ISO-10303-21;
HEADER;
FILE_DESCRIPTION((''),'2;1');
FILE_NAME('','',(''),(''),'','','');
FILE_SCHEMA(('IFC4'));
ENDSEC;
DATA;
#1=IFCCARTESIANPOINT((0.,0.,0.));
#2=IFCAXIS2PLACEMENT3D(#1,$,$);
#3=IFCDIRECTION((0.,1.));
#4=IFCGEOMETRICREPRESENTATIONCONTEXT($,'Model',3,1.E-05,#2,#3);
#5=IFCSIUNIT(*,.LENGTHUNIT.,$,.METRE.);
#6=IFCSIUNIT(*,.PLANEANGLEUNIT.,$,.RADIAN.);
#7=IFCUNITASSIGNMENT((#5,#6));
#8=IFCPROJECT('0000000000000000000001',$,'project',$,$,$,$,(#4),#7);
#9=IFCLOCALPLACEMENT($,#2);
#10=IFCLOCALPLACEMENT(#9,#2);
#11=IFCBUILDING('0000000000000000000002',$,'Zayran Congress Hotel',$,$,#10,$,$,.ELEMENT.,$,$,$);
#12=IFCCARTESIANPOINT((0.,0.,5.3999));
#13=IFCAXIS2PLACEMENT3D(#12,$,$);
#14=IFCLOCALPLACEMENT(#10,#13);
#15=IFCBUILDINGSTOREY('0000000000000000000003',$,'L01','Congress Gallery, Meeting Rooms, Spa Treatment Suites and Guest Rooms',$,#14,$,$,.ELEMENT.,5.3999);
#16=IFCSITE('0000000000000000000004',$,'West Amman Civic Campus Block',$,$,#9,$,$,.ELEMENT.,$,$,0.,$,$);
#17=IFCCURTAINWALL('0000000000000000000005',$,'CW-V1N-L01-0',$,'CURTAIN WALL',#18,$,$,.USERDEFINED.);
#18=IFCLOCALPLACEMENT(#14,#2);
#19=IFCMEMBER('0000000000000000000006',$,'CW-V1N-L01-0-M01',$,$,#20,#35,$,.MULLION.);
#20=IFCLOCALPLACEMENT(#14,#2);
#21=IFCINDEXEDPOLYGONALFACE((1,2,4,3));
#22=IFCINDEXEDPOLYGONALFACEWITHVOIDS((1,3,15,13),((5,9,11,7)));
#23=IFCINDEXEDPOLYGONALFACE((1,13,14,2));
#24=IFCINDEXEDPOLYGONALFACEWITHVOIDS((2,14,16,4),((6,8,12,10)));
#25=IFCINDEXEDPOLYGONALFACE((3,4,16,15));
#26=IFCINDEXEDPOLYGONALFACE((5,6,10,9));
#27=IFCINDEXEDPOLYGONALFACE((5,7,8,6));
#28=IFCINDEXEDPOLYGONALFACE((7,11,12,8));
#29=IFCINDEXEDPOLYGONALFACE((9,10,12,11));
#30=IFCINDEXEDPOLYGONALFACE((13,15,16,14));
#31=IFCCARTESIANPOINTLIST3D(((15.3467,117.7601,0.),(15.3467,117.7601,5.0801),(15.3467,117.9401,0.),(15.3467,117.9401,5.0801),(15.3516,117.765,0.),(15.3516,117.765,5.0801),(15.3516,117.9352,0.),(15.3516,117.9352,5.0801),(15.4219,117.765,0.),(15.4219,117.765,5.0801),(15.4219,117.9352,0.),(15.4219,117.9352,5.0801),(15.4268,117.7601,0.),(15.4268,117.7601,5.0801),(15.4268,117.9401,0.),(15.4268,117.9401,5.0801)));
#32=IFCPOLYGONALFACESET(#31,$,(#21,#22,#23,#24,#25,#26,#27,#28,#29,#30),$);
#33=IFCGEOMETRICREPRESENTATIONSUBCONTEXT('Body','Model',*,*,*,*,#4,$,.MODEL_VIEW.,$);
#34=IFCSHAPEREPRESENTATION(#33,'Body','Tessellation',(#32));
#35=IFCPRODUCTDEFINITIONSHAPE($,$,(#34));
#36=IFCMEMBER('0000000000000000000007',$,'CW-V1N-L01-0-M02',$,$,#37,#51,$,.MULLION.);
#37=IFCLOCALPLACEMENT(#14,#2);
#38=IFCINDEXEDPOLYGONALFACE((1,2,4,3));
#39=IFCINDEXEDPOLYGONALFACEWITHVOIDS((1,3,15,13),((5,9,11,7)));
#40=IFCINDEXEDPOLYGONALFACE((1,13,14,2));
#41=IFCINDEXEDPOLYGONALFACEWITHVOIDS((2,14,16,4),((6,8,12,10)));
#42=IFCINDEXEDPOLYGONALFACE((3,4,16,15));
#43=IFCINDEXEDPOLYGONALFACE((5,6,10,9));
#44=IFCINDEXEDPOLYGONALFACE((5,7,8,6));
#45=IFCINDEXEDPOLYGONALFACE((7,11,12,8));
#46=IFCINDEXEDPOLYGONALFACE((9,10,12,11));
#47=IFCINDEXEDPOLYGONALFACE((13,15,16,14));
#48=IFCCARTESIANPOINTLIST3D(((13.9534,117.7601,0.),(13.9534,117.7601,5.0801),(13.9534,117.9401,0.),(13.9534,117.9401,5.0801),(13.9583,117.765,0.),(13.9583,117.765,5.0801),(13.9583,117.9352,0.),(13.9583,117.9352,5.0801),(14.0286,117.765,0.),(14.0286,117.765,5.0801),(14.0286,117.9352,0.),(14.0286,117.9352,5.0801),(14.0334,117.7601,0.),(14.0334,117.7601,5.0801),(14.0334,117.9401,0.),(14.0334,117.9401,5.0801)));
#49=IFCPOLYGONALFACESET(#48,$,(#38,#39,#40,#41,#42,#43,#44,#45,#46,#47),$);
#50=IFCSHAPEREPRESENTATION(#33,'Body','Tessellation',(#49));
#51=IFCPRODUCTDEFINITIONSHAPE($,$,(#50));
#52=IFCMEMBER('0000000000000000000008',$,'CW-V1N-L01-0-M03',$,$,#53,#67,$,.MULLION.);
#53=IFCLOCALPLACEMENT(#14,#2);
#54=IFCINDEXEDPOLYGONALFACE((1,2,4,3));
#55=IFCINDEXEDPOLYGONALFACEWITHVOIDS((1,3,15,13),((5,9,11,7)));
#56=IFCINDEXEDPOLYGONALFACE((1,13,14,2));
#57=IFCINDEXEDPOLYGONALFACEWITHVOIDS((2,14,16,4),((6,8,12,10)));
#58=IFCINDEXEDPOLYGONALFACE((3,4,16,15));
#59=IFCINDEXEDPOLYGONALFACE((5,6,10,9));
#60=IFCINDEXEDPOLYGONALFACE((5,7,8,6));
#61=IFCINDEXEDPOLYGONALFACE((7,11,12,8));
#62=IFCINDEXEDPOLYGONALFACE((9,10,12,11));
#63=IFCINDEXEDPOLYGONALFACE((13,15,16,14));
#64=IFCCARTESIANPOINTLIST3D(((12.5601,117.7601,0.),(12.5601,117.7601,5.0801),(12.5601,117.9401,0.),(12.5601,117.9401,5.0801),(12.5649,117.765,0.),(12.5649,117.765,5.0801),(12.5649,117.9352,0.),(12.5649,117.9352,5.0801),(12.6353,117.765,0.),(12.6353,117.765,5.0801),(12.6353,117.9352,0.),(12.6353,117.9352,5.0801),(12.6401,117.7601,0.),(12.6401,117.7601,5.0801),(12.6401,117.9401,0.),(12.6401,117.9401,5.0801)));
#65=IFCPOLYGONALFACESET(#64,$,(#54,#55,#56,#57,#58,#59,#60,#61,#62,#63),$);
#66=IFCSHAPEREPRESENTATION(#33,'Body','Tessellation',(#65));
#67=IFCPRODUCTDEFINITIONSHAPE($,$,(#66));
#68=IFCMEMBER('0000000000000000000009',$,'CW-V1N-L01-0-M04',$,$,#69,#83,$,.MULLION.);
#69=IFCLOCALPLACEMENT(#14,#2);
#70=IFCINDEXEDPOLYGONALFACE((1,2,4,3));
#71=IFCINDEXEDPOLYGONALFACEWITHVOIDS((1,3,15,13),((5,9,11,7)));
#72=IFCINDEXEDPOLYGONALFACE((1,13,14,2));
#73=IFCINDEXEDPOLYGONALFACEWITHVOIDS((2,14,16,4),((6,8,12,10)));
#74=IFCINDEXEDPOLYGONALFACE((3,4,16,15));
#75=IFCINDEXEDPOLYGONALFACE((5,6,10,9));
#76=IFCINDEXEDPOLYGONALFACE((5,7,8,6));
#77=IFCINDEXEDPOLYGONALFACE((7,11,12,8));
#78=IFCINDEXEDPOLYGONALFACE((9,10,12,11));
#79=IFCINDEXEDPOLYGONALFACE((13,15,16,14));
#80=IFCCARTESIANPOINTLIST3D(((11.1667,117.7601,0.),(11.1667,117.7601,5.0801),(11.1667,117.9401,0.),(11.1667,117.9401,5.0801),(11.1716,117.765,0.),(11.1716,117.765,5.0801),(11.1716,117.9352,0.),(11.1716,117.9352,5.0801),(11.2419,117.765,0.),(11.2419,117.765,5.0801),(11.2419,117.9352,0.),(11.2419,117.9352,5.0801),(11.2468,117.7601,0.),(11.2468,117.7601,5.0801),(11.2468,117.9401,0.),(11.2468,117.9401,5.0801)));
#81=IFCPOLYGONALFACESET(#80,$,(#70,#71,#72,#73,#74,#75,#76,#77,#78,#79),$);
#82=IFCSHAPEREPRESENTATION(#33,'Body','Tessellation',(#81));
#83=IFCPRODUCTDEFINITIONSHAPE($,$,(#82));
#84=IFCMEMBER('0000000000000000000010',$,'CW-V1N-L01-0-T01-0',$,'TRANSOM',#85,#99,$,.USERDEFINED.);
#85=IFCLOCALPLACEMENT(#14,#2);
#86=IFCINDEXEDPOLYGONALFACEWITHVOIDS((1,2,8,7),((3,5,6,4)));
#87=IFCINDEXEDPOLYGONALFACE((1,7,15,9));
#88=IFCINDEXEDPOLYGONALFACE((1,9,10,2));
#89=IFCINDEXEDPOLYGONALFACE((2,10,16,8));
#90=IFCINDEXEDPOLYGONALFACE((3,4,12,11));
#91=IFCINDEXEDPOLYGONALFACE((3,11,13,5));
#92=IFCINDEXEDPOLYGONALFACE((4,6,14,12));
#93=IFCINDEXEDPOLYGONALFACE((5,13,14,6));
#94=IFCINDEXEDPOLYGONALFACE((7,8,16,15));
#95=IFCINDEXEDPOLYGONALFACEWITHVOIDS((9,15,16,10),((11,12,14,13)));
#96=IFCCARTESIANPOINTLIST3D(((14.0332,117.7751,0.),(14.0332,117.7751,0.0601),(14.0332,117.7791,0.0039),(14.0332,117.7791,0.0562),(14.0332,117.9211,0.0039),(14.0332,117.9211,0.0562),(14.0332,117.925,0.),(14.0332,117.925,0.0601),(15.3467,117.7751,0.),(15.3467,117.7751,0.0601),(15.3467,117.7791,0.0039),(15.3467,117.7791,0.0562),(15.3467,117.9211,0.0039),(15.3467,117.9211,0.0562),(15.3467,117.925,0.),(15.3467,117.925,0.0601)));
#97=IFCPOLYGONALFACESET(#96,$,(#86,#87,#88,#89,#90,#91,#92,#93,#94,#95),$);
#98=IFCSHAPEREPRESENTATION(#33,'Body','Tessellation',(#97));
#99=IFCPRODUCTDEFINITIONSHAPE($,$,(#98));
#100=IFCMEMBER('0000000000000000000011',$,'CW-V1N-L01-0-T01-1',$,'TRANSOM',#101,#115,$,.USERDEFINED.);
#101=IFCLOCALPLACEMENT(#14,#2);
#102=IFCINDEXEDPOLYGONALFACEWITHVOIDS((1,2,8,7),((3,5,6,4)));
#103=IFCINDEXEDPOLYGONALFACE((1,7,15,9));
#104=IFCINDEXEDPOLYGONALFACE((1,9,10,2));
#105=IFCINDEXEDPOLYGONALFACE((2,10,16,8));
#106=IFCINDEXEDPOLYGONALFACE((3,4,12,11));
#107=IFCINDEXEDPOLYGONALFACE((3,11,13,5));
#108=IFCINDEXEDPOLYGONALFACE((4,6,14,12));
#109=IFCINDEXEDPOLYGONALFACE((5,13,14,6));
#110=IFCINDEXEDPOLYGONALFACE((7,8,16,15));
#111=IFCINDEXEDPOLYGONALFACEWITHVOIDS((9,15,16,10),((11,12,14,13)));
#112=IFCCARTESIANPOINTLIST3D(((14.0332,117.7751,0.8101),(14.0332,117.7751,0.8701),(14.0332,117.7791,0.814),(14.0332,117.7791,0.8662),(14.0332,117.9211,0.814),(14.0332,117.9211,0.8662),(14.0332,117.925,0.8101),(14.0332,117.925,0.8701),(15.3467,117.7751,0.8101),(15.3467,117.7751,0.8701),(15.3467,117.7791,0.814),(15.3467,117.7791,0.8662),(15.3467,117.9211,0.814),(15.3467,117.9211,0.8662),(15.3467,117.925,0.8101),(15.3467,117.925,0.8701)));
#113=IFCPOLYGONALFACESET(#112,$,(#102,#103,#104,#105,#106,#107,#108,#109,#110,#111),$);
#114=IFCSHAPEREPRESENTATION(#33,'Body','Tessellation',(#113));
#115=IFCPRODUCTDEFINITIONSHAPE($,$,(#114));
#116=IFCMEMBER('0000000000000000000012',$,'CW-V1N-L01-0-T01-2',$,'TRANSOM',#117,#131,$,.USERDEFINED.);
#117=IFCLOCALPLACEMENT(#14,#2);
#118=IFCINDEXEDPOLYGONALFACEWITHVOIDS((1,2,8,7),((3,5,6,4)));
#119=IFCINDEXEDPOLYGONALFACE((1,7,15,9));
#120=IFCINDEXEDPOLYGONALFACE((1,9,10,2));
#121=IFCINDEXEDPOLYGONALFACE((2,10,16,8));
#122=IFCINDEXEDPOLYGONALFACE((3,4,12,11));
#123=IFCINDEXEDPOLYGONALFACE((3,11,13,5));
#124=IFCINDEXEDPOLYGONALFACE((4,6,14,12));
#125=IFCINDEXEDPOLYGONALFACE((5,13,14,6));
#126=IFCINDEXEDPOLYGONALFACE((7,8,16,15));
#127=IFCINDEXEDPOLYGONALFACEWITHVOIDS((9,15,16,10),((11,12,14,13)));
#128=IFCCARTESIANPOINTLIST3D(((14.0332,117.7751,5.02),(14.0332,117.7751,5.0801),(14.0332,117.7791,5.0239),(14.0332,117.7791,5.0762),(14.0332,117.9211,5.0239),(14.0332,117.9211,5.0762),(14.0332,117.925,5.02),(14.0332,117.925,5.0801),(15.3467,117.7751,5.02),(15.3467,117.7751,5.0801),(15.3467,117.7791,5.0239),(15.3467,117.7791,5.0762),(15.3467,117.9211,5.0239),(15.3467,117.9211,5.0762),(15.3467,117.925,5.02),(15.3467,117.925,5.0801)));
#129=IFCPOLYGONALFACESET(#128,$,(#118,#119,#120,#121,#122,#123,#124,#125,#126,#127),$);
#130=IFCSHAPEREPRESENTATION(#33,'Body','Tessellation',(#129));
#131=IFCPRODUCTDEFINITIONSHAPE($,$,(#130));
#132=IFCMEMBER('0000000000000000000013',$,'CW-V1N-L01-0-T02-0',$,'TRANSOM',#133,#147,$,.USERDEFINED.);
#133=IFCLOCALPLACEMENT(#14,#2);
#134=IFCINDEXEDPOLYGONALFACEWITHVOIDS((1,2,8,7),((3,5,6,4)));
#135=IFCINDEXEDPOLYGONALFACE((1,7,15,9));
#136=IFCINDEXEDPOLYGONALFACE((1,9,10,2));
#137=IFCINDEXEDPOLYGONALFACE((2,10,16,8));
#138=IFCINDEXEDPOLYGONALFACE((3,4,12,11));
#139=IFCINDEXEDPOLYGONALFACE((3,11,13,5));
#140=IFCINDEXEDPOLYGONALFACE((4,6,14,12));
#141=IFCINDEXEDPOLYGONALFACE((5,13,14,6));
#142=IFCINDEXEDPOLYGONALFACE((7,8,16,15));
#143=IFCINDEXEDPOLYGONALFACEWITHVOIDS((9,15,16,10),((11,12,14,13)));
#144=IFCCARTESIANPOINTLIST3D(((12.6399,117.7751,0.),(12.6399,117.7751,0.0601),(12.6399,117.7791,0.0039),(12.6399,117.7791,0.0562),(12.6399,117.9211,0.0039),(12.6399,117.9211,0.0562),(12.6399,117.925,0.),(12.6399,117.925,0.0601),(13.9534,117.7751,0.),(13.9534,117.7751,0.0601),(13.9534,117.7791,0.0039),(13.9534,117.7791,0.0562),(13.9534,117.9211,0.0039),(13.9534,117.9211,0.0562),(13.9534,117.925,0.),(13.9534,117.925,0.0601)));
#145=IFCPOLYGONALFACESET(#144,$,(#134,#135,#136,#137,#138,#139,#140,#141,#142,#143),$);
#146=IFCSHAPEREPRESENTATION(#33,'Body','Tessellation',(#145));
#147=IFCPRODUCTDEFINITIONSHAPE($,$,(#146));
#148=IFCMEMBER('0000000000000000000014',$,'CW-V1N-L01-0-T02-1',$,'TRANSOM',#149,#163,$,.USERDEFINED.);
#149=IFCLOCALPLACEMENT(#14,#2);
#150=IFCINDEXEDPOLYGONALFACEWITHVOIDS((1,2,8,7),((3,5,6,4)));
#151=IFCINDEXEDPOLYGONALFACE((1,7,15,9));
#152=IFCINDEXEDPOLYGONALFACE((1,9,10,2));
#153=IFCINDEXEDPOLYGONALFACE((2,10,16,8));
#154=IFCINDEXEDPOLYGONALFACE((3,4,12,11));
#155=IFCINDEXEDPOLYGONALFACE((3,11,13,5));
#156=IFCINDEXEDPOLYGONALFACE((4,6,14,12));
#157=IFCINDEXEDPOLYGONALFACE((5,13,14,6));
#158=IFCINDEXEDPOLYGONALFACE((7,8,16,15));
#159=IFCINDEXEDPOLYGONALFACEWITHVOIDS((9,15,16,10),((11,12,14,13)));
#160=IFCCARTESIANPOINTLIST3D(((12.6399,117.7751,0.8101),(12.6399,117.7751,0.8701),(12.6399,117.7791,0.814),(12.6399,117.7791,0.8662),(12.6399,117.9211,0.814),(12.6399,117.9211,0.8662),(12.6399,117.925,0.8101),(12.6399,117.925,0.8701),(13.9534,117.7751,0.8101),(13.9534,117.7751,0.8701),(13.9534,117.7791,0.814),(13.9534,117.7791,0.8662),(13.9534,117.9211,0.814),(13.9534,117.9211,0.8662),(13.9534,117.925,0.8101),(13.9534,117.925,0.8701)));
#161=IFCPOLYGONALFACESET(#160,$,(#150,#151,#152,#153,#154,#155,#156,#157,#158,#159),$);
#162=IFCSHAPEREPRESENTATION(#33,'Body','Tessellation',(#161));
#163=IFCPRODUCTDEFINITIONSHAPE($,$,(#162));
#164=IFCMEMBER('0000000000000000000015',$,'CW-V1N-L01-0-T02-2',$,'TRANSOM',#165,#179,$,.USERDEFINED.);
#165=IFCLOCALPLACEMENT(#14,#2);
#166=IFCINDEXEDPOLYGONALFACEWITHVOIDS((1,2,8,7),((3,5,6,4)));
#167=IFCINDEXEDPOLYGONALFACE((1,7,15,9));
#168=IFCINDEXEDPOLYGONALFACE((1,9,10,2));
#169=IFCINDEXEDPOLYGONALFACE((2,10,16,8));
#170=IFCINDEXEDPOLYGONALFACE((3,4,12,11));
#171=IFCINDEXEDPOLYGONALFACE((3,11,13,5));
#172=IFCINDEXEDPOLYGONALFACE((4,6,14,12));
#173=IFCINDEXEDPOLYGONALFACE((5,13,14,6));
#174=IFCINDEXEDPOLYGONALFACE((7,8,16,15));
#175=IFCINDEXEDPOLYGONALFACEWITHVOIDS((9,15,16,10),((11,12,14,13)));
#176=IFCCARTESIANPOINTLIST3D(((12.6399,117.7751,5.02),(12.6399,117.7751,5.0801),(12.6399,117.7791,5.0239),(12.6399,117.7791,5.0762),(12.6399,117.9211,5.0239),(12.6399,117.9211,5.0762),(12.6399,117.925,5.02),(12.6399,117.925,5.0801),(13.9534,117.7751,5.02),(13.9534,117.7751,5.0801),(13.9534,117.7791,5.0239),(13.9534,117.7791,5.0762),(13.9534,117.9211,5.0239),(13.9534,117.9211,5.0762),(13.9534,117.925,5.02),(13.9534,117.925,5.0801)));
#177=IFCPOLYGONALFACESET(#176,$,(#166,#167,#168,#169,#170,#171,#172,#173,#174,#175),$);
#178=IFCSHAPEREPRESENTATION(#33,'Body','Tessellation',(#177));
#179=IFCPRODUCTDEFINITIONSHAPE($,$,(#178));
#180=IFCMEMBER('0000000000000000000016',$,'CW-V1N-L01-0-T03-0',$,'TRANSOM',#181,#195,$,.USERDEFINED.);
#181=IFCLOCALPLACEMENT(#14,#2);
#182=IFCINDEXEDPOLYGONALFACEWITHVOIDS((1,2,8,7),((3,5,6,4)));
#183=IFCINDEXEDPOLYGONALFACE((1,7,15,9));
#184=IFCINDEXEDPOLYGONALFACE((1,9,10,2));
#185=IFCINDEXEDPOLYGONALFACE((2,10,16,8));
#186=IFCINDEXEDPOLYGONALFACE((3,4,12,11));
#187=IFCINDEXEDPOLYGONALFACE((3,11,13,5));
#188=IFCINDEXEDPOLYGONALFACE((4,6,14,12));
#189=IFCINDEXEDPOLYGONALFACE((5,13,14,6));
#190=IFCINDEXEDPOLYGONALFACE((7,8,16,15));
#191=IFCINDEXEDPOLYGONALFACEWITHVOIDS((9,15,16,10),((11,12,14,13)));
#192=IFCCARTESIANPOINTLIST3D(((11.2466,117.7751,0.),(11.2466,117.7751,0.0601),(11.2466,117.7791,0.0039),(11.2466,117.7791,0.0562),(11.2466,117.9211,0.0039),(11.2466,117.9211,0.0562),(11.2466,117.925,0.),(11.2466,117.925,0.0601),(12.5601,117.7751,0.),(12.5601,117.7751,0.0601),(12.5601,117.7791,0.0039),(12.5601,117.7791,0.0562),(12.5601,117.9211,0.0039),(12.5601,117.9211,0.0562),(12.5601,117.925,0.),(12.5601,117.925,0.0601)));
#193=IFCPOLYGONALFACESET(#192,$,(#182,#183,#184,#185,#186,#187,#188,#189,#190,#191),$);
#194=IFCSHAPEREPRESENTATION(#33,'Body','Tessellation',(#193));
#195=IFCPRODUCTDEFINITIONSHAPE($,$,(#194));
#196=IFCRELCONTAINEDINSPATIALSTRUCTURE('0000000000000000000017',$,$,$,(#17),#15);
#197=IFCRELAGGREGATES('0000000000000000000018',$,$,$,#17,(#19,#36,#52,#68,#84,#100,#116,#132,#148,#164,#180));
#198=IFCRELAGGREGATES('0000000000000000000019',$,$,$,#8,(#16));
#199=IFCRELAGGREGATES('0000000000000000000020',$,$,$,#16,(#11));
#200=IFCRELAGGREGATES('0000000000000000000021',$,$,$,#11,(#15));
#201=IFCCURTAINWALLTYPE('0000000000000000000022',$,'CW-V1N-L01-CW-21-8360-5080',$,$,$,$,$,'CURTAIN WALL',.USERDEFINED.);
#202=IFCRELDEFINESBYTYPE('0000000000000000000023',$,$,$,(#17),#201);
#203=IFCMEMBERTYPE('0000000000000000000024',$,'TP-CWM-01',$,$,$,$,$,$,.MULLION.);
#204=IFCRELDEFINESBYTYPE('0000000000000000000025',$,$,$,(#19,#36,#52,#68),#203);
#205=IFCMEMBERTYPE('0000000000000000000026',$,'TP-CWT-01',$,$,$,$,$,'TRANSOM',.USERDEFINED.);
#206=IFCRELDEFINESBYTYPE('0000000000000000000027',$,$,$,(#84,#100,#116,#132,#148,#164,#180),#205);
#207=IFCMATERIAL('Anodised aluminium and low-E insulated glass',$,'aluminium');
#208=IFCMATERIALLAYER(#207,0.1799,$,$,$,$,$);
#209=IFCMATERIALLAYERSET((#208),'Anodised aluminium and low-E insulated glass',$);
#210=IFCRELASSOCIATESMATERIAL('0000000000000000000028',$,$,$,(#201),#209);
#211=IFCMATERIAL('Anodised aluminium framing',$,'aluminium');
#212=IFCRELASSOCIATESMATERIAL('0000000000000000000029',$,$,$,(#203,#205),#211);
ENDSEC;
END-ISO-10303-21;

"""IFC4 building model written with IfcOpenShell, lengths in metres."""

from ifc_helpers import new_model, si_unit, direction, frame, origin, origin_2d, place, context, subcontext, project, spatial, hollow_rectangle, extrude, material, layer, layer_set, material_profile, profile_set, type_object, element, aggregate, save


model = new_model("IFC4")

# Units and contexts
model_context = context("Model", 3, precision=1e-05, world=origin(), true_north=direction((0.0, 1.0)))
body_context = subcontext(model_context, "Body", "Model", "MODEL_VIEW")
ifc_project = project(units=[si_unit("LENGTHUNIT", "METRE"), si_unit("PLANEANGLEUNIT", "RADIAN")], contexts=[model_context])

# Site, building, storey
site_placement = place(None, origin())
site = spatial("IfcSite", under=ifc_project, at=site_placement, Name="West Amman Civic Campus Block", CompositionType="ELEMENT", RefElevation=0.0)
building_placement = place(site_placement, origin())
building = spatial("IfcBuilding", under=site, at=building_placement, Name="Zayran Congress Hotel", CompositionType="ELEMENT")
storey_placement = place(building_placement, frame((0.0, 0.0, 5.3999)))
storey = spatial("IfcBuildingStorey", under=building, at=storey_placement, Name="L01", Description="Congress Gallery, Meeting Rooms, Spa Treatment Suites and Guest Rooms", CompositionType="ELEMENT", Elevation=5.3999)

# Curtain wall, members
ifc_material_1 = material(Name="Anodised aluminium and low-E insulated glass", Category="aluminium")
ifc_layer_1 = layer(ifc_material_1, 0.1799)
ifc_layer_set_1 = layer_set([ifc_layer_1], Name="Anodised aluminium and low-E insulated glass")
curtain_wall_type = type_object("IfcCurtainWallType", Name="CW-V1N-L01-CW-21-8360-5080", ElementType="CURTAIN WALL", PredefinedType="USERDEFINED", material=ifc_layer_set_1)
curtain_wall_placement = place(storey_placement, origin())
curtain_wall = element("IfcCurtainWall", 1, at=curtain_wall_placement, inside=storey, type_object=curtain_wall_type, Name="CW-V1N-L01-0", ObjectType="CURTAIN WALL", PredefinedType="USERDEFINED")
ifc_material_2 = material(Name="Anodised aluminium framing", Category="aluminium")
ifc_material_profile_1 = material_profile(ifc_material_2, hollow_rectangle(XDim=0.0801, YDim=0.1799, WallThickness=0.0049, at=origin_2d()), Name="RHS 180x80x5")
ifc_profile_set_1 = profile_set([ifc_material_profile_1], Name="Anodised aluminium framing")
member_type_1 = type_object("IfcMemberType", Name="TP-CWM-01", PredefinedType="MULLION", material=ifc_profile_set_1)
member_1_placement = place(storey_placement, frame((15.3867, 117.8501, 0.0), z_axis=(0.0, 0.0, 1.0), x_axis=(1.0, 0.0, 0.0)))
member_1 = element("IfcMember", 2, at=member_1_placement, type_object=member_type_1, Name="CW-V1N-L01-0-M01", PredefinedType="MULLION", context=body_context, shape_type="SweptSolid", body=[
    extrude(hollow_rectangle(XDim=0.0801, YDim=0.1799, WallThickness=0.0049, at=origin_2d()), origin(), (0.0, 0.0, 1.0), 5.0801),
])
member_2_placement = place(storey_placement, frame((13.9934, 117.8501, 0.0), z_axis=(0.0, 0.0, 1.0), x_axis=(1.0, 0.0, 0.0)))
member_2 = element("IfcMember", 3, at=member_2_placement, type_object=member_type_1, Name="CW-V1N-L01-0-M02", PredefinedType="MULLION", context=body_context, shape_type="SweptSolid", body=[
    extrude(hollow_rectangle(XDim=0.0801, YDim=0.1799, WallThickness=0.0049, at=origin_2d()), origin(), (0.0, 0.0, 1.0), 5.0801),
])
member_3_placement = place(storey_placement, frame((12.6001, 117.8501, 0.0), z_axis=(0.0, 0.0, 1.0), x_axis=(1.0, 0.0, 0.0)))
member_3 = element("IfcMember", 4, at=member_3_placement, type_object=member_type_1, Name="CW-V1N-L01-0-M03", PredefinedType="MULLION", context=body_context, shape_type="SweptSolid", body=[
    extrude(hollow_rectangle(XDim=0.0801, YDim=0.1799, WallThickness=0.0049, at=origin_2d()), origin(), (0.0, 0.0, 1.0), 5.0801),
])
member_4_placement = place(storey_placement, frame((11.2068, 117.8501, 0.0), z_axis=(0.0, 0.0, 1.0), x_axis=(1.0, 0.0, 0.0)))
member_4 = element("IfcMember", 5, at=member_4_placement, type_object=member_type_1, Name="CW-V1N-L01-0-M04", PredefinedType="MULLION", context=body_context, shape_type="SweptSolid", body=[
    extrude(hollow_rectangle(XDim=0.0801, YDim=0.1799, WallThickness=0.0049, at=origin_2d()), origin(), (0.0, 0.0, 1.0), 5.0801),
])
ifc_material_profile_2 = material_profile(ifc_material_2, hollow_rectangle(XDim=0.0601, YDim=0.1499, WallThickness=0.0039, at=origin_2d()), Name="RHS 150x60x4")
ifc_profile_set_2 = profile_set([ifc_material_profile_2], Name="Anodised aluminium framing")
member_type_2 = type_object("IfcMemberType", Name="TP-CWT-01", ElementType="TRANSOM", PredefinedType="USERDEFINED", material=ifc_profile_set_2)
member_5_placement = place(storey_placement, frame((15.3467, 117.8501, 0.03), z_axis=(-1.0, 0.0, 0.0), x_axis=(0.0, 0.0, 1.0)))
member_5 = element("IfcMember", 6, at=member_5_placement, type_object=member_type_2, Name="CW-V1N-L01-0-T01-0", ObjectType="TRANSOM", PredefinedType="USERDEFINED", context=body_context, shape_type="SweptSolid", body=[
    extrude(hollow_rectangle(XDim=0.0601, YDim=0.1499, WallThickness=0.0039, at=origin_2d()), origin(), (0.0, 0.0, 1.0), 1.3135),
])
member_6_placement = place(storey_placement, frame((15.3467, 117.8501, 0.8401), z_axis=(-1.0, 0.0, 0.0), x_axis=(0.0, 0.0, 1.0)))
member_6 = element("IfcMember", 7, at=member_6_placement, type_object=member_type_2, Name="CW-V1N-L01-0-T01-1", ObjectType="TRANSOM", PredefinedType="USERDEFINED", context=body_context, shape_type="SweptSolid", body=[
    extrude(hollow_rectangle(XDim=0.0601, YDim=0.1499, WallThickness=0.0039, at=origin_2d()), origin(), (0.0, 0.0, 1.0), 1.3135),
])
member_7_placement = place(storey_placement, frame((15.3467, 117.8501, 5.05), z_axis=(-1.0, 0.0, 0.0), x_axis=(0.0, 0.0, 1.0)))
member_7 = element("IfcMember", 8, at=member_7_placement, type_object=member_type_2, Name="CW-V1N-L01-0-T01-2", ObjectType="TRANSOM", PredefinedType="USERDEFINED", context=body_context, shape_type="SweptSolid", body=[
    extrude(hollow_rectangle(XDim=0.0601, YDim=0.1499, WallThickness=0.0039, at=origin_2d()), origin(), (0.0, 0.0, 1.0), 1.3135),
])
member_8_placement = place(storey_placement, frame((13.9534, 117.8501, 0.03), z_axis=(-1.0, 0.0, 0.0), x_axis=(0.0, 0.0, 1.0)))
member_8 = element("IfcMember", 9, at=member_8_placement, type_object=member_type_2, Name="CW-V1N-L01-0-T02-0", ObjectType="TRANSOM", PredefinedType="USERDEFINED", context=body_context, shape_type="SweptSolid", body=[
    extrude(hollow_rectangle(XDim=0.0601, YDim=0.1499, WallThickness=0.0039, at=origin_2d()), origin(), (0.0, 0.0, 1.0), 1.3135),
])
member_9_placement = place(storey_placement, frame((13.9534, 117.8501, 0.8401), z_axis=(-1.0, 0.0, 0.0), x_axis=(0.0, 0.0, 1.0)))
member_9 = element("IfcMember", 10, at=member_9_placement, type_object=member_type_2, Name="CW-V1N-L01-0-T02-1", ObjectType="TRANSOM", PredefinedType="USERDEFINED", context=body_context, shape_type="SweptSolid", body=[
    extrude(hollow_rectangle(XDim=0.0601, YDim=0.1499, WallThickness=0.0039, at=origin_2d()), origin(), (0.0, 0.0, 1.0), 1.3135),
])
member_10_placement = place(storey_placement, frame((13.9534, 117.8501, 5.05), z_axis=(-1.0, 0.0, 0.0), x_axis=(0.0, 0.0, 1.0)))
member_10 = element("IfcMember", 11, at=member_10_placement, type_object=member_type_2, Name="CW-V1N-L01-0-T02-2", ObjectType="TRANSOM", PredefinedType="USERDEFINED", context=body_context, shape_type="SweptSolid", body=[
    extrude(hollow_rectangle(XDim=0.0601, YDim=0.1499, WallThickness=0.0039, at=origin_2d()), origin(), (0.0, 0.0, 1.0), 1.3135),
])
member_11_placement = place(storey_placement, frame((12.5601, 117.8501, 0.03), z_axis=(-1.0, 0.0, 0.0), x_axis=(0.0, 0.0, 1.0)))
member_11 = element("IfcMember", 12, at=member_11_placement, type_object=member_type_2, Name="CW-V1N-L01-0-T03-0", ObjectType="TRANSOM", PredefinedType="USERDEFINED", context=body_context, shape_type="SweptSolid", body=[
    extrude(hollow_rectangle(XDim=0.0601, YDim=0.1499, WallThickness=0.0039, at=origin_2d()), origin(), (0.0, 0.0, 1.0), 1.3135),
])
aggregate(curtain_wall, [member_1, member_2, member_3, member_4, member_5, member_6, member_7, member_8, member_9, member_10, member_11])

save(model, "model.ifc")
